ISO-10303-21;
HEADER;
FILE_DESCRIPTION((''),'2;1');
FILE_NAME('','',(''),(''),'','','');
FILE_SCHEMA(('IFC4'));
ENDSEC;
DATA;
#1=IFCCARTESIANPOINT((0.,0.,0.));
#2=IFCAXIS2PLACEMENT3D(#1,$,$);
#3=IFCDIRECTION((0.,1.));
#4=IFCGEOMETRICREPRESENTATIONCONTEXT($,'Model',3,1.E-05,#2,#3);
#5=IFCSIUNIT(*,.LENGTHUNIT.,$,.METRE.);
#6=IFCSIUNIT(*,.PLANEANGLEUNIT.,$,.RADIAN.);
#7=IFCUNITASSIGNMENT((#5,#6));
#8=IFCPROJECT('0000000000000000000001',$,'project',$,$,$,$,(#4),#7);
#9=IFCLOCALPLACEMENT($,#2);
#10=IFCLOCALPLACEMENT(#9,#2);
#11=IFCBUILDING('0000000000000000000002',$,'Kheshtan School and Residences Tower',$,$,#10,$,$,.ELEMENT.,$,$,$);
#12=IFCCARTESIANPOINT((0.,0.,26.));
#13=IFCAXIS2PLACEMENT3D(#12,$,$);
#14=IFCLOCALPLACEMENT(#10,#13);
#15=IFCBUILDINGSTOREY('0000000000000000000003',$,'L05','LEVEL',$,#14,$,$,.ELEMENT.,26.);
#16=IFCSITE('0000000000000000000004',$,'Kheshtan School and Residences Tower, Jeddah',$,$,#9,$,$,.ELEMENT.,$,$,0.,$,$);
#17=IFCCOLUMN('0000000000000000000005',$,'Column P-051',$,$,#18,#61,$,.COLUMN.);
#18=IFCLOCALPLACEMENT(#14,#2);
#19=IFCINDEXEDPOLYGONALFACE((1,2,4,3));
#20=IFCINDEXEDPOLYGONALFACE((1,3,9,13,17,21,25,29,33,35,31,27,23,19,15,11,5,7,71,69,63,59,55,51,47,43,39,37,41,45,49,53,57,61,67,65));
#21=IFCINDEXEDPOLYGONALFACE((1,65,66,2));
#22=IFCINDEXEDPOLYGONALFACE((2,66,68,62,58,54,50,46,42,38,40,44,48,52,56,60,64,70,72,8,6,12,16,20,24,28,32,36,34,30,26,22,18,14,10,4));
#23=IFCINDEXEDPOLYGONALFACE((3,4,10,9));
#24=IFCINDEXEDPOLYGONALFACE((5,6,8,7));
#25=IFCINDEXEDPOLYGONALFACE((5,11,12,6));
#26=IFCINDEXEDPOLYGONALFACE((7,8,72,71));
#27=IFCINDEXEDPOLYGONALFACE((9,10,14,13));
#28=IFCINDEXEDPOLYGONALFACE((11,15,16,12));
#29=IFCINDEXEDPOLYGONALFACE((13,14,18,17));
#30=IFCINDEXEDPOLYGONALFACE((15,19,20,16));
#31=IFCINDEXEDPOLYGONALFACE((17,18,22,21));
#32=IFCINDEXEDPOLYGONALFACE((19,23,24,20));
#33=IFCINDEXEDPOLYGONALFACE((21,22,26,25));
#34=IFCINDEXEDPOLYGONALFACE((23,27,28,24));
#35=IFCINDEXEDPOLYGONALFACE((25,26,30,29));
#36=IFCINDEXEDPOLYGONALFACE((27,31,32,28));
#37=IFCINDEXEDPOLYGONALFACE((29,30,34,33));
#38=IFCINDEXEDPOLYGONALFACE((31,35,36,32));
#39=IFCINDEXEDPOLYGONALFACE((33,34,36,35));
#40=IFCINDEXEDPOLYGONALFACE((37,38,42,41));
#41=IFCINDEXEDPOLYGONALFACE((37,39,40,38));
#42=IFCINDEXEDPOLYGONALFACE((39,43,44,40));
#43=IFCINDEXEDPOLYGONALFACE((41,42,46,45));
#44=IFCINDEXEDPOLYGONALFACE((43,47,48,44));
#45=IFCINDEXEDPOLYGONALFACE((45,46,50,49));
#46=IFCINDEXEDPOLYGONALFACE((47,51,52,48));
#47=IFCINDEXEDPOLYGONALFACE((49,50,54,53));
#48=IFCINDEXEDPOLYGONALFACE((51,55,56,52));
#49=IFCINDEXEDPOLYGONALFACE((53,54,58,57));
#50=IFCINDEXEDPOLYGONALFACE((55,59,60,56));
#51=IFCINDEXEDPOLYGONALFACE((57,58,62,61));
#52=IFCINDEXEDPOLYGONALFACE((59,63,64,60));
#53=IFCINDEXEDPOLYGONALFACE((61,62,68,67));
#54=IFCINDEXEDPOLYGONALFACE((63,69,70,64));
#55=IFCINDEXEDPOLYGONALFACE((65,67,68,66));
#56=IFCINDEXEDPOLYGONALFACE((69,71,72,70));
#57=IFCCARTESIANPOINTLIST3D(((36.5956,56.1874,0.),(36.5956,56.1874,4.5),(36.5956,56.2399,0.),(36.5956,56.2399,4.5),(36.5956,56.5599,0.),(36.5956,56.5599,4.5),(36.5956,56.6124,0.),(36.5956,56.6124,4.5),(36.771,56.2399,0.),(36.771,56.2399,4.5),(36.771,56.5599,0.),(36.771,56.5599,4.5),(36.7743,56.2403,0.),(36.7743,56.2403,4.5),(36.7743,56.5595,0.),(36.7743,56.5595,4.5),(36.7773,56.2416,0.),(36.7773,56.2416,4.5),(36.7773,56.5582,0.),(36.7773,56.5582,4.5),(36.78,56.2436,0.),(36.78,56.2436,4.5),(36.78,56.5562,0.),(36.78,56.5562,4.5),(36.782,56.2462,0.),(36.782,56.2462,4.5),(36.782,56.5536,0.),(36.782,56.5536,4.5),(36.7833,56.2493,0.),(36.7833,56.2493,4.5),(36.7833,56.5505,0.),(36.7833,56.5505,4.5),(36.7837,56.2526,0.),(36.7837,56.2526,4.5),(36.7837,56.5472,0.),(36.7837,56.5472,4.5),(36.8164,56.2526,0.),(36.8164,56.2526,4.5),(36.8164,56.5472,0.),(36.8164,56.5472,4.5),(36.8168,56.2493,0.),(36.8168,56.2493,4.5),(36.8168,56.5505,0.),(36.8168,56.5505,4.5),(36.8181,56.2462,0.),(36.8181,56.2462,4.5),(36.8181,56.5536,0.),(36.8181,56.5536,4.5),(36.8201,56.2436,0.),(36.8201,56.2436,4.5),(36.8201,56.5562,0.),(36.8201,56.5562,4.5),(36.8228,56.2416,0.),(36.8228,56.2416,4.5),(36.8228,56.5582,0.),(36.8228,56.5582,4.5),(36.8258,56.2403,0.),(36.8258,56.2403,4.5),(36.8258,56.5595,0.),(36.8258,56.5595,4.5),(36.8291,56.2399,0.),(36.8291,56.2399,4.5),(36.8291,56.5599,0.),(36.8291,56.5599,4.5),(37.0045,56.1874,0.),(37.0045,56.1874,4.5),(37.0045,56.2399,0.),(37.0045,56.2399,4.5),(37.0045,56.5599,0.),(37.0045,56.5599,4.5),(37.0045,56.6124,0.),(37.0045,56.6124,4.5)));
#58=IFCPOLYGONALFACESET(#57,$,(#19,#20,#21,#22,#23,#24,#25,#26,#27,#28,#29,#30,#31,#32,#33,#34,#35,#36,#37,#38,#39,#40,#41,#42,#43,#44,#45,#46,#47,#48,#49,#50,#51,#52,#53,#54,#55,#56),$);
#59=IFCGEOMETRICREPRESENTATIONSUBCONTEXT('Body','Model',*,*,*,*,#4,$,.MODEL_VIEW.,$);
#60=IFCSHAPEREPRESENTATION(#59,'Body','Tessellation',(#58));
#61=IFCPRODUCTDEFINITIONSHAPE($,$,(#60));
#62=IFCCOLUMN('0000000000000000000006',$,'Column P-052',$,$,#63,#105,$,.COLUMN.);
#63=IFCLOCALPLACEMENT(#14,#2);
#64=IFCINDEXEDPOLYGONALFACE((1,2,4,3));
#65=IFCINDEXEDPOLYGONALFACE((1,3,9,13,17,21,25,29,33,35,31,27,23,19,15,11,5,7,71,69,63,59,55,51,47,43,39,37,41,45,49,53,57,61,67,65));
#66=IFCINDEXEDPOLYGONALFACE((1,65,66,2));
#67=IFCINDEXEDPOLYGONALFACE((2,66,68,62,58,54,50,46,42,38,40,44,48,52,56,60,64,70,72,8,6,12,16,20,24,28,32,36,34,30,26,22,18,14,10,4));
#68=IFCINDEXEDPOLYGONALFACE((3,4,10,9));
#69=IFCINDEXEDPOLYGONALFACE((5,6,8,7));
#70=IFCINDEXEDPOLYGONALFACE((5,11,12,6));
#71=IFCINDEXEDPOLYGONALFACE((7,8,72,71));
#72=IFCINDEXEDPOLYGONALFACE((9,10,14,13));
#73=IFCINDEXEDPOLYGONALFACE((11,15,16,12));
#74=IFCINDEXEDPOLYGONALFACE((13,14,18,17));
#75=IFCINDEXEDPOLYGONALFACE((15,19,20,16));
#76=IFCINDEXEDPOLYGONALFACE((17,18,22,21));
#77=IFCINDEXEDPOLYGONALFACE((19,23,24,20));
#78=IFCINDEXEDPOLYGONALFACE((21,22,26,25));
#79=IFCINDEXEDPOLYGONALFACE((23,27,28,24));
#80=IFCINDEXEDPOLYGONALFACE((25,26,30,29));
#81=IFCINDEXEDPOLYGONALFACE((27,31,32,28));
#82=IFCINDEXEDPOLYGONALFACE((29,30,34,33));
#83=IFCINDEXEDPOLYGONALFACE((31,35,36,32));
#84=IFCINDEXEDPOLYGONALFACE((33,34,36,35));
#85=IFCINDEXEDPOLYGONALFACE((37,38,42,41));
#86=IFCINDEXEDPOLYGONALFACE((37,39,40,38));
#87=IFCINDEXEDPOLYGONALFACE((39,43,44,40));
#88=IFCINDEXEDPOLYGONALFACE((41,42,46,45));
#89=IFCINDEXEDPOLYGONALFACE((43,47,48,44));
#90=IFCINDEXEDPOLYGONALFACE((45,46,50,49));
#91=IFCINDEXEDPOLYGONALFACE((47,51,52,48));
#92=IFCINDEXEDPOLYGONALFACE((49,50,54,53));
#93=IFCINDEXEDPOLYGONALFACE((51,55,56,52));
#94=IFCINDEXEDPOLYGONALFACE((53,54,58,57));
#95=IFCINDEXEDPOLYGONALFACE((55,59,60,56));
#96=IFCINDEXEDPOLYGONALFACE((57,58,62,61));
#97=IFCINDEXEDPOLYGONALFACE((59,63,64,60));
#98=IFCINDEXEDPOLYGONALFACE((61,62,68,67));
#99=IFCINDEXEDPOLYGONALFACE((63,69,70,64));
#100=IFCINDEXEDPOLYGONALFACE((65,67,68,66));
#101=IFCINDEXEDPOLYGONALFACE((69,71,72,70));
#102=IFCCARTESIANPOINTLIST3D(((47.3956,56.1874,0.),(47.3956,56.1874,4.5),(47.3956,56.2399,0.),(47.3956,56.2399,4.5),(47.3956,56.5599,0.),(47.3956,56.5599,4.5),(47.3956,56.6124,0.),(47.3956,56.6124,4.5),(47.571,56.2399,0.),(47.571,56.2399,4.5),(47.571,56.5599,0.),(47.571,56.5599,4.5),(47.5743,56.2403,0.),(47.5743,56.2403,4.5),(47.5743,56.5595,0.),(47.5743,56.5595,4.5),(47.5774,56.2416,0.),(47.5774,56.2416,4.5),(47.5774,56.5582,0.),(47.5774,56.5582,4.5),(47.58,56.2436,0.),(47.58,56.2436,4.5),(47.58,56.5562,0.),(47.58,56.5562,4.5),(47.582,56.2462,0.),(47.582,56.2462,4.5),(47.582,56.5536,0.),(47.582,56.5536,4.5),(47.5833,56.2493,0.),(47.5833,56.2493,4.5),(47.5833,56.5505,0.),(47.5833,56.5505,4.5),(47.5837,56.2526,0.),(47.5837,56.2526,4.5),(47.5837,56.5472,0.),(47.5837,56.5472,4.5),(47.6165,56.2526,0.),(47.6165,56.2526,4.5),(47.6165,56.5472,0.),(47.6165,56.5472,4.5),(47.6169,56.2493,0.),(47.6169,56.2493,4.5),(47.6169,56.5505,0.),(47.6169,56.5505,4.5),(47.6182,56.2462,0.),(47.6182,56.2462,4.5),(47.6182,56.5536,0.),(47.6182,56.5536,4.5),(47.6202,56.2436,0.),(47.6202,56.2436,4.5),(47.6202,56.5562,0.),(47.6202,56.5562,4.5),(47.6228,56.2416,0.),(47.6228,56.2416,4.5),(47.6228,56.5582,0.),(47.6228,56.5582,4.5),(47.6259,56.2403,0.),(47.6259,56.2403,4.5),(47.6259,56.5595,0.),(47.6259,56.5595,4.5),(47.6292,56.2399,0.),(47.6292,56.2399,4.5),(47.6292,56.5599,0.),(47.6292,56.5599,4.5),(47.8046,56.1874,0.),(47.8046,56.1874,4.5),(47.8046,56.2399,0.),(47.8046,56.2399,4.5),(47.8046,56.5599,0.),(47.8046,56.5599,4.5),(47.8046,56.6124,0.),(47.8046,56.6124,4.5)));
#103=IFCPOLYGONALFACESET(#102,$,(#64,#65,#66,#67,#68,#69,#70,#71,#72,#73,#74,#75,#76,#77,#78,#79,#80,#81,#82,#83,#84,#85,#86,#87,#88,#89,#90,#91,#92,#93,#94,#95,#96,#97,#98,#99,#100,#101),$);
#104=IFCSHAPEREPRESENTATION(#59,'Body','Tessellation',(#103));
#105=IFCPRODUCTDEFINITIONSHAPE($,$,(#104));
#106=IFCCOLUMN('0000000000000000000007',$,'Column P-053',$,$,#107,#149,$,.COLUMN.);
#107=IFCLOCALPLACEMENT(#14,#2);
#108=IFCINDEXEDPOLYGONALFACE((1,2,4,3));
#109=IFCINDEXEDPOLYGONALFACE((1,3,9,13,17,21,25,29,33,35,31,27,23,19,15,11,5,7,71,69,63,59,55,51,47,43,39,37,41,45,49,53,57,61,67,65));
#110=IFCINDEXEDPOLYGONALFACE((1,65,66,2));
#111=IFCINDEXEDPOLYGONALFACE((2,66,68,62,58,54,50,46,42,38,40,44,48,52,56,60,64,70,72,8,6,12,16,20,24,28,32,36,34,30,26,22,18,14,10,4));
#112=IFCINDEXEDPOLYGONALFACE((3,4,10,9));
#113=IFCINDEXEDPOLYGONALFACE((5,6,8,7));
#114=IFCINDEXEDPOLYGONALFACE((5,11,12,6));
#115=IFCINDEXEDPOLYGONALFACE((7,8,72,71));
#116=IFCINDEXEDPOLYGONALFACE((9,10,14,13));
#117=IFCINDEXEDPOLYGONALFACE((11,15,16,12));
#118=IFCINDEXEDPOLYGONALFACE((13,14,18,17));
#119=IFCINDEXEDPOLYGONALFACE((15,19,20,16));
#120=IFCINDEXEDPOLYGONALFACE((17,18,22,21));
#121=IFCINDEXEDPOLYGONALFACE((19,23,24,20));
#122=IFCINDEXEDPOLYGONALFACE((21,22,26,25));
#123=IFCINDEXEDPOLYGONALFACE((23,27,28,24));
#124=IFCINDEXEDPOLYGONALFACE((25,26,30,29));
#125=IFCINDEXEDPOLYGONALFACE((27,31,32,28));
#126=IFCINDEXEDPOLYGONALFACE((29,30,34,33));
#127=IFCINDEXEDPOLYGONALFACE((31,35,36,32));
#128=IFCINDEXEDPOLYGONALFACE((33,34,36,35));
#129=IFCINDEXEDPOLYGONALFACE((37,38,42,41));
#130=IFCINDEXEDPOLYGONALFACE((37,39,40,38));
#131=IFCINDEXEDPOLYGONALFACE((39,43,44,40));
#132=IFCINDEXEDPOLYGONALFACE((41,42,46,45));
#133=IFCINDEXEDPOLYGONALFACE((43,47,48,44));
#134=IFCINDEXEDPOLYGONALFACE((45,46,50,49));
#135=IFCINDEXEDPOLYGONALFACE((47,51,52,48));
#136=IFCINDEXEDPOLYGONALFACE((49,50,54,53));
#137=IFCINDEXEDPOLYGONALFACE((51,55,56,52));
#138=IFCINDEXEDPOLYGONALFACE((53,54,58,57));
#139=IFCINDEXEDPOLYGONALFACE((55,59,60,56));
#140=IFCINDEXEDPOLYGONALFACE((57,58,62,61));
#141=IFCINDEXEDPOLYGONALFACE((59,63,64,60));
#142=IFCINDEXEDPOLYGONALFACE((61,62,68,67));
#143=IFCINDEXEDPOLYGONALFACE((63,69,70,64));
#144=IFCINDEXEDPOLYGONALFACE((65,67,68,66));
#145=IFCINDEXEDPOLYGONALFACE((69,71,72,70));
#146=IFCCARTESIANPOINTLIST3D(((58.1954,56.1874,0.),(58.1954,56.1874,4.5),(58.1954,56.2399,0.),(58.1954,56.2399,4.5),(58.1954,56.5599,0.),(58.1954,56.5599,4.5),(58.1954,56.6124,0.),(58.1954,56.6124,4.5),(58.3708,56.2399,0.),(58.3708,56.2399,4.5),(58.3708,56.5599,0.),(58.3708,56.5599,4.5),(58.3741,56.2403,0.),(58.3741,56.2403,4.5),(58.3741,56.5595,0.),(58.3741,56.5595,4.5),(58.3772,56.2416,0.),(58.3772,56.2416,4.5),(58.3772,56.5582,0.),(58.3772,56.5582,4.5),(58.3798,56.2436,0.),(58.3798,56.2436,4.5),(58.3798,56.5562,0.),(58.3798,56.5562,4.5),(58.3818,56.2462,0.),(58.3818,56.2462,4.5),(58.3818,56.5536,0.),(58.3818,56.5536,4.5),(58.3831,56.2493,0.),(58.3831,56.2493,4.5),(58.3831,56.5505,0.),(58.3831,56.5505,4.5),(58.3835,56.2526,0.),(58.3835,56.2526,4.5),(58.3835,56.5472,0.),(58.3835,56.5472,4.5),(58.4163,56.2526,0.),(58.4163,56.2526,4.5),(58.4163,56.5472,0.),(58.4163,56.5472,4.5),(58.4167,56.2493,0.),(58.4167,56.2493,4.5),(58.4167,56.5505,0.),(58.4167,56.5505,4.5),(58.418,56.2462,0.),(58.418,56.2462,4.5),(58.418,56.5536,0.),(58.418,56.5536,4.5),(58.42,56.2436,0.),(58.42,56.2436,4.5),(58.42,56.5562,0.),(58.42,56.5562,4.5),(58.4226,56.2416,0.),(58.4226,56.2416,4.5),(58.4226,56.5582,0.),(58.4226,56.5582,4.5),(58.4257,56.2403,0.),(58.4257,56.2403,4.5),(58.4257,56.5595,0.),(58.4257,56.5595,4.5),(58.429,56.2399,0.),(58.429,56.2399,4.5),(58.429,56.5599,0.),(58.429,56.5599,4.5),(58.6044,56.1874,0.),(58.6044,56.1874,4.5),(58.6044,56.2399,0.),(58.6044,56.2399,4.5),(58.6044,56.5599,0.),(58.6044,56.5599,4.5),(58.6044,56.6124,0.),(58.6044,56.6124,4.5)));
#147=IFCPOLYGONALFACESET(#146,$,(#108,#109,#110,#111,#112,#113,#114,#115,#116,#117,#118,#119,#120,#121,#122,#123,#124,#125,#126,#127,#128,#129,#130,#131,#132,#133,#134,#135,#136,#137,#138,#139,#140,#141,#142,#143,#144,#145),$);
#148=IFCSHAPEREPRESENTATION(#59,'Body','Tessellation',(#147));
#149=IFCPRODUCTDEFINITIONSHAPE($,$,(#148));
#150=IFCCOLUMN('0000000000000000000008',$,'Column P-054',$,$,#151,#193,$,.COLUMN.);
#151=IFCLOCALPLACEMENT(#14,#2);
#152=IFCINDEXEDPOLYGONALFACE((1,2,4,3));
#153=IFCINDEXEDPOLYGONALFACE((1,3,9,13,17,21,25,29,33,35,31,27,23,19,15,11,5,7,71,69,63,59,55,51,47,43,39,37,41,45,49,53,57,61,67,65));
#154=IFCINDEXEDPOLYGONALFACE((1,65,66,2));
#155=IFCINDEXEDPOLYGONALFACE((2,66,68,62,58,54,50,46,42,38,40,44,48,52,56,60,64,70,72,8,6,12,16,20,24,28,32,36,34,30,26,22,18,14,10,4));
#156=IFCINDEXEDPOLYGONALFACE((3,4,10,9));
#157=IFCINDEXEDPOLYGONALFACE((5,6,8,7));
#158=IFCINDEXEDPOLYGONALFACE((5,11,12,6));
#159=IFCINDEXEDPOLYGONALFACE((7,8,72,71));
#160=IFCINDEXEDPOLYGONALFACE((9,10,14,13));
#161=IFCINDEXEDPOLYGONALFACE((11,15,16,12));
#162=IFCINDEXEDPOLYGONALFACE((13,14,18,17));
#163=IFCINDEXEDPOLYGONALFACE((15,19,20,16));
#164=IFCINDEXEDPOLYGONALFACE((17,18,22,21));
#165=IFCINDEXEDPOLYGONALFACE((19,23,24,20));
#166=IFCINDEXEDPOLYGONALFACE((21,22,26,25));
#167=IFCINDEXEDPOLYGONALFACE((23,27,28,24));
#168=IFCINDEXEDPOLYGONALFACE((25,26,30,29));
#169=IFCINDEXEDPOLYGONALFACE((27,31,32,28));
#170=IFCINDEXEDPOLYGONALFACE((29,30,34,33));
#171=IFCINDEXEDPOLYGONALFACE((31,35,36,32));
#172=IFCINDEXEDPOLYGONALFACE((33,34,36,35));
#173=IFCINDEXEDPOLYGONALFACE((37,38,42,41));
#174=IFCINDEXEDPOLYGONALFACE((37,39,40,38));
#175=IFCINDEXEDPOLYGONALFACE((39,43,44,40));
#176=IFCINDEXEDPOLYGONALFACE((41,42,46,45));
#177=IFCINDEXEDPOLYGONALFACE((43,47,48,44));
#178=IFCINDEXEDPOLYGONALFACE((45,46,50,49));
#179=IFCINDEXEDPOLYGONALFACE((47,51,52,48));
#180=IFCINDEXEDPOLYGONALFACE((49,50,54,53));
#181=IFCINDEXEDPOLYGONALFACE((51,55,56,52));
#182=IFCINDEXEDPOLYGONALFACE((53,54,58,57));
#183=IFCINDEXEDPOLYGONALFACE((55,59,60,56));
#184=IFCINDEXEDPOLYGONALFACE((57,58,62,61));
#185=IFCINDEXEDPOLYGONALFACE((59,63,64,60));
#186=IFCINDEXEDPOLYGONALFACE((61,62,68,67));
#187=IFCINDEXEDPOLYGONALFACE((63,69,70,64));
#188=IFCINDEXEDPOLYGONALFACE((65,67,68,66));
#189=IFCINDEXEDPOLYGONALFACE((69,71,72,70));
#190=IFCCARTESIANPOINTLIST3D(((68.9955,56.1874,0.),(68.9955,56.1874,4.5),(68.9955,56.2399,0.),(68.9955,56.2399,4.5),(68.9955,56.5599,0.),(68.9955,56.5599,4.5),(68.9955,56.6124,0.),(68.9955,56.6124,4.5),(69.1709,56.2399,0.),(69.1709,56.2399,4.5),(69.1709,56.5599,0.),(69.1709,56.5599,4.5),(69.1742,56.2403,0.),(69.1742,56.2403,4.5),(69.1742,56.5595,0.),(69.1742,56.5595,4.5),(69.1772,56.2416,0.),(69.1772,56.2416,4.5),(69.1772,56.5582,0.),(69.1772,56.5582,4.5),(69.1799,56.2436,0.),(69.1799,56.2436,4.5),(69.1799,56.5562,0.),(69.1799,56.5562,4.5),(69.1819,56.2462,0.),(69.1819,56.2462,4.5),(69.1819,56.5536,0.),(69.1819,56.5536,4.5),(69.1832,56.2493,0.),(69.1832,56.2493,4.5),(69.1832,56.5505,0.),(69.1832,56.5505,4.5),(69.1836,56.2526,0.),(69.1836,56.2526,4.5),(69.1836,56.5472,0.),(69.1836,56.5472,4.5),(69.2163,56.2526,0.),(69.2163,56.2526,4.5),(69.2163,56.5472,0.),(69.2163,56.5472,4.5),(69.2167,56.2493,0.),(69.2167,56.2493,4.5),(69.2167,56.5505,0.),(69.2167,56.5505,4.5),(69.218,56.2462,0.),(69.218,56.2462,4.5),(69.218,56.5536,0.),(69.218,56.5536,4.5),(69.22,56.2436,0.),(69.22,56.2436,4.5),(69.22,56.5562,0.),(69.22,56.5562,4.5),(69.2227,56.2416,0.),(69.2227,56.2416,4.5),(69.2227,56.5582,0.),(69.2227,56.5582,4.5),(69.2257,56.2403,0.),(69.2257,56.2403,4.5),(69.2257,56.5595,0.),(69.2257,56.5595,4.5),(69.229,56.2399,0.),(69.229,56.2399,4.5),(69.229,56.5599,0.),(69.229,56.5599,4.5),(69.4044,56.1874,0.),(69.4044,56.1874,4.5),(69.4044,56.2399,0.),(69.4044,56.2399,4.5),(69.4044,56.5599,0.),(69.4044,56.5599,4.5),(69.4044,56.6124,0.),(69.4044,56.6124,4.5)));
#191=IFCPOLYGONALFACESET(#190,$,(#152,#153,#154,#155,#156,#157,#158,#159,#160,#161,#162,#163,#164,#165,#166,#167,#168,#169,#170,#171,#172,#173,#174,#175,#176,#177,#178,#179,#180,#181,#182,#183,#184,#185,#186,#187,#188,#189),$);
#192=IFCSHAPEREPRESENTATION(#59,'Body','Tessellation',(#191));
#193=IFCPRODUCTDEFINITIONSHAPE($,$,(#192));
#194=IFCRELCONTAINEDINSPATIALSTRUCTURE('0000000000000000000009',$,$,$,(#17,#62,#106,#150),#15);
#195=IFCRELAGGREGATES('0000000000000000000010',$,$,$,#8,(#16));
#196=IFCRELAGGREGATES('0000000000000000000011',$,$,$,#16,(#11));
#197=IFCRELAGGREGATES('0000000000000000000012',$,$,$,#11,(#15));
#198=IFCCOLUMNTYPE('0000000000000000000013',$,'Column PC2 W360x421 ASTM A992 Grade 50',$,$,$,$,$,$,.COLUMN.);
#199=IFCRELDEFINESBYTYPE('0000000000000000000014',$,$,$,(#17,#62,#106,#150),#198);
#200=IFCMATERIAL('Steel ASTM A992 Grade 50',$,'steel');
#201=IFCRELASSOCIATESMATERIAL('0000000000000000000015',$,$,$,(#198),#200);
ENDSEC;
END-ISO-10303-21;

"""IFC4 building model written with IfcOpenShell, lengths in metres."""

from ifc_helpers import new_model, si_unit, direction, frame, origin, origin_2d, place, context, subcontext, project, spatial, i_section, extrude, material, material_profile, profile_set, type_object, element, save


model = new_model("IFC4")

# Units and contexts
model_context = context("Model", 3, precision=1e-05, world=origin(), true_north=direction((0.0, 1.0)))
body_context = subcontext(model_context, "Body", "Model", "MODEL_VIEW")
ifc_project = project(units=[si_unit("LENGTHUNIT", "METRE"), si_unit("PLANEANGLEUNIT", "RADIAN")], contexts=[model_context])

# Site, building, storey
site_placement = place(None, origin())
site = spatial("IfcSite", under=ifc_project, at=site_placement, Name="Kheshtan School and Residences Tower, Jeddah", CompositionType="ELEMENT", RefElevation=0.0)
building_placement = place(site_placement, origin())
building = spatial("IfcBuilding", under=site, at=building_placement, Name="Kheshtan School and Residences Tower", CompositionType="ELEMENT")
storey_placement = place(building_placement, frame((0.0, 0.0, 26.0)))
storey = spatial("IfcBuildingStorey", under=building, at=storey_placement, Name="L05", Description="LEVEL", CompositionType="ELEMENT", Elevation=26.0)

# Columns
ifc_material_1 = material(Name="Steel ASTM A992 Grade 50", Category="steel")
ifc_material_profile_1 = material_profile(ifc_material_1, i_section(OverallWidth=0.4089, OverallDepth=0.425, WebThickness=0.0327, FlangeThickness=0.0525, FilletRadius=0.0127, at=origin_2d()), Name="W360x421")
ifc_profile_set_1 = profile_set([ifc_material_profile_1], Name="Steel ASTM A992 Grade 50")
column_type = type_object("IfcColumnType", Name="Column PC2 W360x421 ASTM A992 Grade 50", PredefinedType="COLUMN", material=ifc_profile_set_1)
for number, where, z_axis, x_axis, name in (
    (1, (36.8, 56.3999, 0.0), (0.0, 0.0, 1.0), (1.0, 0.0, 0.0), "Column P-051"),
    (2, (47.6001, 56.3999, 0.0), (0.0, 0.0, 1.0), (1.0, 0.0, 0.0), "Column P-052"),
    (3, (58.3999, 56.3999, 0.0), (0.0, 0.0, 1.0), (1.0, 0.0, 0.0), "Column P-053"),
    (4, (69.2, 56.3999, 0.0), (0.0, 0.0, 1.0), (1.0, 0.0, 0.0), "Column P-054"),
):
    element("IfcColumn", number, at=place(storey_placement, frame(where, z_axis=z_axis, x_axis=x_axis)), inside=storey, type_object=column_type, Name=name, PredefinedType="COLUMN", context=body_context, shape_type="SweptSolid", body=[
        extrude(i_section(OverallWidth=0.4089, OverallDepth=0.425, WebThickness=0.0327, FlangeThickness=0.0525, FilletRadius=0.0127, at=origin_2d()), origin(), (0.0, 0.0, 1.0), 4.5),
    ])

save(model, "model.ifc")
